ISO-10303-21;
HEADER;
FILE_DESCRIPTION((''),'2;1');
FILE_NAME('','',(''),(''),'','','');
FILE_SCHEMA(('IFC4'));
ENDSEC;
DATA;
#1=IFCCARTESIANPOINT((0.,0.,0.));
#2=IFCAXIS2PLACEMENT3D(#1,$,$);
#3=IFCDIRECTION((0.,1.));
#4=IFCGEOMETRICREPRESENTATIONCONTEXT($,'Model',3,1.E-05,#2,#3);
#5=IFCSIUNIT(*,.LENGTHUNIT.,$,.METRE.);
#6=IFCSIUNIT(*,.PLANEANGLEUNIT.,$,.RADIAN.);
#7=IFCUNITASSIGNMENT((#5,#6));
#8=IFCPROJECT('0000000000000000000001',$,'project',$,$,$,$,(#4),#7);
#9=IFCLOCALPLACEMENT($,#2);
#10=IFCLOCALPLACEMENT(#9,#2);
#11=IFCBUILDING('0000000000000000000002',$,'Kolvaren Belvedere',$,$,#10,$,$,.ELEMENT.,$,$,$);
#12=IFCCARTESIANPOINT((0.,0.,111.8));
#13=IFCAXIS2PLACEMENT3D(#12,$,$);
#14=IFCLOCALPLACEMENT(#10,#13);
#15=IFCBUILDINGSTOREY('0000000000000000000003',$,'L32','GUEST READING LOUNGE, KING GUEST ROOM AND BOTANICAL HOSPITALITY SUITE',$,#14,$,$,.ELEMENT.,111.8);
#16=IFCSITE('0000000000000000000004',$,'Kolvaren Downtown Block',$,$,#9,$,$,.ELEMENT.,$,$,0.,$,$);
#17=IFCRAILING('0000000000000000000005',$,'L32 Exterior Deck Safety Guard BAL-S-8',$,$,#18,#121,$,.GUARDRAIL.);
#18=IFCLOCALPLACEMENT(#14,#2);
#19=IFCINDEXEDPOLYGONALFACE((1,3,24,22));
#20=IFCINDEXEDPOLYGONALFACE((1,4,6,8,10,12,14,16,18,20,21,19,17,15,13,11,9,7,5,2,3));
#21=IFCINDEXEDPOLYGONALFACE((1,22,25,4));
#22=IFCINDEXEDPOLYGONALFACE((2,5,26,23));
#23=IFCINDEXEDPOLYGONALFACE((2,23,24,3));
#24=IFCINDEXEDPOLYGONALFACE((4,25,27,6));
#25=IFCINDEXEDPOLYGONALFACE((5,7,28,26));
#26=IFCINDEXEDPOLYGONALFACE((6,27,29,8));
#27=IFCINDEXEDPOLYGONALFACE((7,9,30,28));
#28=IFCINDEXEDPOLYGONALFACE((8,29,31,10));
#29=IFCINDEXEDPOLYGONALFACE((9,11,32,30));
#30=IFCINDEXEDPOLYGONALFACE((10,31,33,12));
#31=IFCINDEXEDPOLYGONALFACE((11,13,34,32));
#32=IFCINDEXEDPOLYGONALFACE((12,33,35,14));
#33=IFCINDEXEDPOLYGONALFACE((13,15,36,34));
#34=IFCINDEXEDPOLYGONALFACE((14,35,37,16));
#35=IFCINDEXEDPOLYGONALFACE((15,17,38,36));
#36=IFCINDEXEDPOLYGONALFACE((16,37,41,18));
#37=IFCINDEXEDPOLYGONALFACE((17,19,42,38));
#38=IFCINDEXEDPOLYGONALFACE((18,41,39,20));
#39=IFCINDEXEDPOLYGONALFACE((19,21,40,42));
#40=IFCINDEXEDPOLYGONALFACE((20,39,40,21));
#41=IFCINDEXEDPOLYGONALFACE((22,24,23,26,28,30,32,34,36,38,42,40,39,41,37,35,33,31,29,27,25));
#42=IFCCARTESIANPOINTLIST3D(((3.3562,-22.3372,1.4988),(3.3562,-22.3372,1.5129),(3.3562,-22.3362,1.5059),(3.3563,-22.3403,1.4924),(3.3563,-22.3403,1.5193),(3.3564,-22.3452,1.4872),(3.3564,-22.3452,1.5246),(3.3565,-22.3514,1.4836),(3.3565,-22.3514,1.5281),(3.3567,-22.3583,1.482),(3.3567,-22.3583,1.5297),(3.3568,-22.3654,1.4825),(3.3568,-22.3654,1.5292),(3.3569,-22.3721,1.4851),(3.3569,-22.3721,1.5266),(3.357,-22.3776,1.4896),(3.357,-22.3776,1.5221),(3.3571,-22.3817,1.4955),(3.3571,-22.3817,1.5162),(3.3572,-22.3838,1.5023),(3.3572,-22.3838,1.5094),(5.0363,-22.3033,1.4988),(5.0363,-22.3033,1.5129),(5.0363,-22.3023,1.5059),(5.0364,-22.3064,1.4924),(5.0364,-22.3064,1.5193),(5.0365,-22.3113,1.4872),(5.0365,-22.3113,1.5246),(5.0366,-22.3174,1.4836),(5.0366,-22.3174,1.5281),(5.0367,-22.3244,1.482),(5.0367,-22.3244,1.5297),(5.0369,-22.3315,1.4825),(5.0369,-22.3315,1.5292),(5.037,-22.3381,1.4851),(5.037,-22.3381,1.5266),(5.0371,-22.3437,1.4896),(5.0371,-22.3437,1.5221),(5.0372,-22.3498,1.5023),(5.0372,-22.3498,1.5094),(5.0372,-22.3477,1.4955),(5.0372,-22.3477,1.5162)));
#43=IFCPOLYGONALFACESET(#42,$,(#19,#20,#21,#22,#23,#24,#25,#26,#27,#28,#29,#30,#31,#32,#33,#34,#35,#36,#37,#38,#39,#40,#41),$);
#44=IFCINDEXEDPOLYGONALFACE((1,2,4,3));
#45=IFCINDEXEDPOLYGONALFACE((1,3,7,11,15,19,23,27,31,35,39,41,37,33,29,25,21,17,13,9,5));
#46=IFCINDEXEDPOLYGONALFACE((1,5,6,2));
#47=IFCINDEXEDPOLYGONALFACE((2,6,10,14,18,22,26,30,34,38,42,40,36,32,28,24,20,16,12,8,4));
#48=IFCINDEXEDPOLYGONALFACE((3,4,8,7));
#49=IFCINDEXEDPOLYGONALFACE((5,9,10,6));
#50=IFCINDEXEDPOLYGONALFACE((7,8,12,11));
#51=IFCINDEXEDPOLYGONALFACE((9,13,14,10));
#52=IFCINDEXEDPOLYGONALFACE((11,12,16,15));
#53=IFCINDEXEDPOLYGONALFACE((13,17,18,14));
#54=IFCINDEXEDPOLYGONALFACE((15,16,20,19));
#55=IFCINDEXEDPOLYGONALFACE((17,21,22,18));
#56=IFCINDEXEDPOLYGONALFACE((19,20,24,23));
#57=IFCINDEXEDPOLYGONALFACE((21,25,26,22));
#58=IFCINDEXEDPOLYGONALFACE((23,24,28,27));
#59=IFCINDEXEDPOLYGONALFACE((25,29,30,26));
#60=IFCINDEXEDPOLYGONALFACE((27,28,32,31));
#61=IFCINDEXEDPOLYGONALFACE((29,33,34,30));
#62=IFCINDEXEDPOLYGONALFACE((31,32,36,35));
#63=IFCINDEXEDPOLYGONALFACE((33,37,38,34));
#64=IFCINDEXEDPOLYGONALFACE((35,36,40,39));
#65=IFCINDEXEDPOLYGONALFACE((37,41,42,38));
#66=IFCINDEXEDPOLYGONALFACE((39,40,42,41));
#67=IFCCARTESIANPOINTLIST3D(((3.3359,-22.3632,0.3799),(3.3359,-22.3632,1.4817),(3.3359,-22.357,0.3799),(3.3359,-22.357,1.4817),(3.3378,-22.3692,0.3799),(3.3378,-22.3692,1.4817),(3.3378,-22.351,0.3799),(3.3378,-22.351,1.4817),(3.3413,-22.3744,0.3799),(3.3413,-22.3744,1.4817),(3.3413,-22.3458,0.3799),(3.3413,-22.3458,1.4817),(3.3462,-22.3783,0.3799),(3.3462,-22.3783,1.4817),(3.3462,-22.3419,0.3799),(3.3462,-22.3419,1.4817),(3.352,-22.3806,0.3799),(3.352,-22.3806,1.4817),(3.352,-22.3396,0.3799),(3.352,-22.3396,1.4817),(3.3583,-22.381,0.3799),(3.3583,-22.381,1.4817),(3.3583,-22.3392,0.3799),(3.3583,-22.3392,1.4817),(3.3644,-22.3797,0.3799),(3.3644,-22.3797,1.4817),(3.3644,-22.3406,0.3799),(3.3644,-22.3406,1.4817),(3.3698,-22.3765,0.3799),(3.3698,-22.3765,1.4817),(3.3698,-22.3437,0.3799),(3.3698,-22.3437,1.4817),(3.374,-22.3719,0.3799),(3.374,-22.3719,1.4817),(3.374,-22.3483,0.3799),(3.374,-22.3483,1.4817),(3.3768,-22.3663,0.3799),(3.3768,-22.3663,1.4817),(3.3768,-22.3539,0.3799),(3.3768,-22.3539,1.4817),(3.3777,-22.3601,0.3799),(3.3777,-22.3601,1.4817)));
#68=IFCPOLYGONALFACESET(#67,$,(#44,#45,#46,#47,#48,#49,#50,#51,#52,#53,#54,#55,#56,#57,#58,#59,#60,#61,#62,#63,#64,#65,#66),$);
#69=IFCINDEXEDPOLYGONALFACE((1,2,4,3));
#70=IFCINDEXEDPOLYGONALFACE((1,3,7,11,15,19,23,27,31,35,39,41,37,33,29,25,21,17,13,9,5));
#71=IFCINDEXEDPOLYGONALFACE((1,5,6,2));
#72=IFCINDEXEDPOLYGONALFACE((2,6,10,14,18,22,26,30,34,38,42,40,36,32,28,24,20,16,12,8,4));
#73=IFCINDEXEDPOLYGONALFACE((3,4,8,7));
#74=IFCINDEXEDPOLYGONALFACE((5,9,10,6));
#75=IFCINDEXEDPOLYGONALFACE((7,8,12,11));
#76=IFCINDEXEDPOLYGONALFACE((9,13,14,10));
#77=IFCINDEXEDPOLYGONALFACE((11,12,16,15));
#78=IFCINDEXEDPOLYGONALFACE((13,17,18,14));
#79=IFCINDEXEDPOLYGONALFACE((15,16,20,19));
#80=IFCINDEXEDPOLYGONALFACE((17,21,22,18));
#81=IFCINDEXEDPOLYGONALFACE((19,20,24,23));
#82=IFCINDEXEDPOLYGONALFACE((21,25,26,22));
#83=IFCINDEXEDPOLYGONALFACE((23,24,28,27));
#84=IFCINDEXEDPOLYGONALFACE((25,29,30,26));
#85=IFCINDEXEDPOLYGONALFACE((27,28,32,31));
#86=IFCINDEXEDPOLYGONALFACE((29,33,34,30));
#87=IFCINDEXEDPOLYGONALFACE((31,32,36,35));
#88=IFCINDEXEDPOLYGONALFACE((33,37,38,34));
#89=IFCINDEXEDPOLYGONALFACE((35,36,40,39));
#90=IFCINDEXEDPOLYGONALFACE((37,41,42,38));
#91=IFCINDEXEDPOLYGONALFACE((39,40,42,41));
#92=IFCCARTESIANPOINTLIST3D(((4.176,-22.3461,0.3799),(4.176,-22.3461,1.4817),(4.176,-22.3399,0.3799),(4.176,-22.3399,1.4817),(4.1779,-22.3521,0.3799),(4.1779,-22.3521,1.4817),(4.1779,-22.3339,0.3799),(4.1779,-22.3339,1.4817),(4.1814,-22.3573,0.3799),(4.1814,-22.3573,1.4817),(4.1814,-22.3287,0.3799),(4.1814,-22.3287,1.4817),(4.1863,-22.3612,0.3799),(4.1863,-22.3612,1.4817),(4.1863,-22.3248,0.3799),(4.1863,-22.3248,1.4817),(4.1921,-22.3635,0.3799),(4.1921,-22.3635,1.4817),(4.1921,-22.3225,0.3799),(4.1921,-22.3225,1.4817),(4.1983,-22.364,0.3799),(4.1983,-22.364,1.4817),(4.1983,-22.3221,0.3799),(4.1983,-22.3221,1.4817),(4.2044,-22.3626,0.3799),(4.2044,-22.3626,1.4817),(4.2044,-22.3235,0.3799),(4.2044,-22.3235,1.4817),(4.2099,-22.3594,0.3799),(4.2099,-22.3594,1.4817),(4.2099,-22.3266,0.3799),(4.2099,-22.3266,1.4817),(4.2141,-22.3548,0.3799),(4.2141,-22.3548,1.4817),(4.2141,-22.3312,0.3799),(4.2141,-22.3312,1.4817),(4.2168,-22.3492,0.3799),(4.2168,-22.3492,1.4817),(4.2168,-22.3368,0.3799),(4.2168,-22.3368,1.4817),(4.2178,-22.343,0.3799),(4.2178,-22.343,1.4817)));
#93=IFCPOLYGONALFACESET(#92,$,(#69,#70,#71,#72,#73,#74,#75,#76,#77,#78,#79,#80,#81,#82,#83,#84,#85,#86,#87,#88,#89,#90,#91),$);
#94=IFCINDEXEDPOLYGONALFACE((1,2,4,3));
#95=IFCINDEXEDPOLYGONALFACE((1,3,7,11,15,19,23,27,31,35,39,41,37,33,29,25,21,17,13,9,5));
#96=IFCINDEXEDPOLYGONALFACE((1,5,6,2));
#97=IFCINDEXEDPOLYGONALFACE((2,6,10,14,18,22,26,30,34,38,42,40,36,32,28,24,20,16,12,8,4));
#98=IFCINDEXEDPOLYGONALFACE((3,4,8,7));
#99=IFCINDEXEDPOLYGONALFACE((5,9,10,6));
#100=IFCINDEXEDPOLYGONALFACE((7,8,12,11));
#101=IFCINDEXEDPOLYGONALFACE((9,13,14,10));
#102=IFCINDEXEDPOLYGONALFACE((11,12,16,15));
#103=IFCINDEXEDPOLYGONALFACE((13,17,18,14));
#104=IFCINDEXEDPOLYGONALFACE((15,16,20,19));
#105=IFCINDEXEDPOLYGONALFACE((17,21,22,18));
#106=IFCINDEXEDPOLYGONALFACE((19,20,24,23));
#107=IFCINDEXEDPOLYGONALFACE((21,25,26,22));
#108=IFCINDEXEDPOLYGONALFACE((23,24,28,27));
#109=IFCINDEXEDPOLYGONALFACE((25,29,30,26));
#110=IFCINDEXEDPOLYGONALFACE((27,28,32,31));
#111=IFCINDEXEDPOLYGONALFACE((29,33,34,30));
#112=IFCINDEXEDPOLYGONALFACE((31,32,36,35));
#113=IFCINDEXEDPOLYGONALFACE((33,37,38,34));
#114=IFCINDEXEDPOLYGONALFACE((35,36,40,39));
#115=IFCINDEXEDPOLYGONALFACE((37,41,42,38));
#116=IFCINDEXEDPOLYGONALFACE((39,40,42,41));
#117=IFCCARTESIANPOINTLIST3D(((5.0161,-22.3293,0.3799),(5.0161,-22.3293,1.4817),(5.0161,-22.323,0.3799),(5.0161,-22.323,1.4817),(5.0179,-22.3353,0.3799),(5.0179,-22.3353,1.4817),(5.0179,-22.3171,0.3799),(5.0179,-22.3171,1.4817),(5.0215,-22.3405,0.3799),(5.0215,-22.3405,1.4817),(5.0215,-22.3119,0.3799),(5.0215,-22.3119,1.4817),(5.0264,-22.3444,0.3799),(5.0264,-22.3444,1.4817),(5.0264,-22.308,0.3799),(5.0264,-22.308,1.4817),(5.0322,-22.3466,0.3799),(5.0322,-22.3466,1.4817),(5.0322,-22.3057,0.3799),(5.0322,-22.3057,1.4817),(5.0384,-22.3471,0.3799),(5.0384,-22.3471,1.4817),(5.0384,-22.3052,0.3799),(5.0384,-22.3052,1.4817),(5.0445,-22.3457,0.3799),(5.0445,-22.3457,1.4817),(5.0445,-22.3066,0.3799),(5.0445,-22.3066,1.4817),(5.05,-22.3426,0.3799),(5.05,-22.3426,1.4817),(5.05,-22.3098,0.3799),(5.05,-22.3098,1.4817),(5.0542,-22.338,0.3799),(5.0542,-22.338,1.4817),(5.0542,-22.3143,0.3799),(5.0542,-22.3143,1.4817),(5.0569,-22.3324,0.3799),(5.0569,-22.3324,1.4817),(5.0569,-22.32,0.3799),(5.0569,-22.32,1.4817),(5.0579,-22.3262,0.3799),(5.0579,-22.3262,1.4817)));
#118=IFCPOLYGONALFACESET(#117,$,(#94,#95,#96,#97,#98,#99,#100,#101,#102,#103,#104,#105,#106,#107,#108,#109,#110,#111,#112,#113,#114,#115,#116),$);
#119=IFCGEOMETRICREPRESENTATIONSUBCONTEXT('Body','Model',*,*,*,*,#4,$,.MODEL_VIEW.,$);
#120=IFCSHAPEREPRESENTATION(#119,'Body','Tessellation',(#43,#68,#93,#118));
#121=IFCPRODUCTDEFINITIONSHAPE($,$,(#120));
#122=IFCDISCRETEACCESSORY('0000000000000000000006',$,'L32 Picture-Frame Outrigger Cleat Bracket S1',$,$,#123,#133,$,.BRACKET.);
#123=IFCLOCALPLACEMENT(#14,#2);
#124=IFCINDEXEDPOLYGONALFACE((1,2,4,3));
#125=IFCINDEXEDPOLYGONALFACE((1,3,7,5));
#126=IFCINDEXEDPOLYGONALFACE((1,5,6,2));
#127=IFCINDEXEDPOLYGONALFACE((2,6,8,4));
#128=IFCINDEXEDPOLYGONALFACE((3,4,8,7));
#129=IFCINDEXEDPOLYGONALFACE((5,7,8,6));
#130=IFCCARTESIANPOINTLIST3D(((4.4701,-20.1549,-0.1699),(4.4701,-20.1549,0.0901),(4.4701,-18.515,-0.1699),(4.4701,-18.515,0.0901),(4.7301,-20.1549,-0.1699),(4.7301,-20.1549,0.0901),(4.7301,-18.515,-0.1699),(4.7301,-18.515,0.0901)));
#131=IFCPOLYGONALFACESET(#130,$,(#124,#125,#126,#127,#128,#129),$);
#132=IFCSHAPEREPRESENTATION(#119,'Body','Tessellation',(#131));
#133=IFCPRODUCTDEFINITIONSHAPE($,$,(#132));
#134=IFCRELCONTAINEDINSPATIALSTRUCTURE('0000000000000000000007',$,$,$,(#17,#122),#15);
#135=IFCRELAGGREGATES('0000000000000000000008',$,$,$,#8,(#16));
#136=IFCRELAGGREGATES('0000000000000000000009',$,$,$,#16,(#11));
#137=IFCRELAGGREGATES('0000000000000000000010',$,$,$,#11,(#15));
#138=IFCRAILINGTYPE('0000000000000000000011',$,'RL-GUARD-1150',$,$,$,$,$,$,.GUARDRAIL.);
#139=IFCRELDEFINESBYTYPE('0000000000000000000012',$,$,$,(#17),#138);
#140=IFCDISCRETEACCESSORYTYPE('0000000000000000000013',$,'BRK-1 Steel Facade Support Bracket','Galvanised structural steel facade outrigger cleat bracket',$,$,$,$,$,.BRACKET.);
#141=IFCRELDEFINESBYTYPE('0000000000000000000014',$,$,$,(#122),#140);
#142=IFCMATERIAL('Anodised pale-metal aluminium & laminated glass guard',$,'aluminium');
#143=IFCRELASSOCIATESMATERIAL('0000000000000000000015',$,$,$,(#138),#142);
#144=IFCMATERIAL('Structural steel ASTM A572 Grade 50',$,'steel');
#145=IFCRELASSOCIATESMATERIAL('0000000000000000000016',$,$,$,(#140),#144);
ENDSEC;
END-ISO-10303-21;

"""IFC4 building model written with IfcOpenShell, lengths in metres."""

from ifc_helpers import new_model, si_unit, direction, frame, origin, origin_2d, place, context, subcontext, project, spatial, rectangle, circle, extrude, material, type_object, element, save


model = new_model("IFC4")

# Units and contexts
model_context = context("Model", 3, precision=1e-05, world=origin(), true_north=direction((0.0, 1.0)))
body_context = subcontext(model_context, "Body", "Model", "MODEL_VIEW")
ifc_project = project(units=[si_unit("LENGTHUNIT", "METRE"), si_unit("PLANEANGLEUNIT", "RADIAN")], contexts=[model_context])

# Site, building, storey
site_placement = place(None, origin())
site = spatial("IfcSite", under=ifc_project, at=site_placement, Name="Kolvaren Downtown Block", CompositionType="ELEMENT", RefElevation=0.0)
building_placement = place(site_placement, origin())
building = spatial("IfcBuilding", under=site, at=building_placement, Name="Kolvaren Belvedere", CompositionType="ELEMENT")
storey_placement = place(building_placement, frame((0.0, 0.0, 111.8)))
storey = spatial("IfcBuildingStorey", under=building, at=storey_placement, Name="L32", Description="GUEST READING LOUNGE, KING GUEST ROOM AND BOTANICAL HOSPITALITY SUITE", CompositionType="ELEMENT", Elevation=111.8)

# Railing
ifc_material_1 = material(Name="Anodised pale-metal aluminium & laminated glass guard", Category="aluminium")
railing_type = type_object("IfcRailingType", Name="RL-GUARD-1150", PredefinedType="GUARDRAIL", material=ifc_material_1)
railing_1_placement = place(storey_placement, frame((3.3567, -22.3601, 0.3799)))
element("IfcRailing", 1, at=railing_1_placement, inside=storey, type_object=railing_type, Name="L32 Exterior Deck Safety Guard BAL-S-8", PredefinedType="GUARDRAIL", context=body_context, shape_type="SweptSolid", body=[
    extrude(circle(Radius=0.0239, at=origin_2d()), frame((0.0, 0.0, 1.126), z_axis=(0.999796, 0.020193, 0.0), x_axis=(-0.020193, 0.999796, 0.0)), (0.0, 0.0, 1.0), 1.6804),
    extrude(circle(Radius=0.021, at=origin_2d()), origin(), (0.0, 0.0, 1.0), 1.1018),
    extrude(circle(Radius=0.021, at=origin_2d()), frame((0.8401, 0.0171, 0.0)), (0.0, 0.0, 1.0), 1.1018),
    extrude(circle(Radius=0.021, at=origin_2d()), frame((1.6802, 0.0339, 0.0)), (0.0, 0.0, 1.0), 1.1018),
])

# Discrete accessory
ifc_material_2 = material(Name="Structural steel ASTM A572 Grade 50", Category="steel")
discrete_accessory_type = type_object("IfcDiscreteAccessoryType", Name="BRK-1 Steel Facade Support Bracket", Description="Galvanised structural steel facade outrigger cleat bracket", PredefinedType="BRACKET", material=ifc_material_2)
discrete_accessory_placement = place(storey_placement, frame((4.6001, -19.335, -0.1699), z_axis=(0.0, 0.0, 1.0), x_axis=(0.0, 1.0, 0.0)))
element("IfcDiscreteAccessory", 2, at=discrete_accessory_placement, inside=storey, type_object=discrete_accessory_type, Name="L32 Picture-Frame Outrigger Cleat Bracket S1", PredefinedType="BRACKET", context=body_context, shape_type="SweptSolid", body=[
    extrude(rectangle(XDim=1.6399, YDim=0.26, at=origin_2d()), origin(), (0.0, 0.0, 1.0), 0.26),
])

save(model, "model.ifc")
